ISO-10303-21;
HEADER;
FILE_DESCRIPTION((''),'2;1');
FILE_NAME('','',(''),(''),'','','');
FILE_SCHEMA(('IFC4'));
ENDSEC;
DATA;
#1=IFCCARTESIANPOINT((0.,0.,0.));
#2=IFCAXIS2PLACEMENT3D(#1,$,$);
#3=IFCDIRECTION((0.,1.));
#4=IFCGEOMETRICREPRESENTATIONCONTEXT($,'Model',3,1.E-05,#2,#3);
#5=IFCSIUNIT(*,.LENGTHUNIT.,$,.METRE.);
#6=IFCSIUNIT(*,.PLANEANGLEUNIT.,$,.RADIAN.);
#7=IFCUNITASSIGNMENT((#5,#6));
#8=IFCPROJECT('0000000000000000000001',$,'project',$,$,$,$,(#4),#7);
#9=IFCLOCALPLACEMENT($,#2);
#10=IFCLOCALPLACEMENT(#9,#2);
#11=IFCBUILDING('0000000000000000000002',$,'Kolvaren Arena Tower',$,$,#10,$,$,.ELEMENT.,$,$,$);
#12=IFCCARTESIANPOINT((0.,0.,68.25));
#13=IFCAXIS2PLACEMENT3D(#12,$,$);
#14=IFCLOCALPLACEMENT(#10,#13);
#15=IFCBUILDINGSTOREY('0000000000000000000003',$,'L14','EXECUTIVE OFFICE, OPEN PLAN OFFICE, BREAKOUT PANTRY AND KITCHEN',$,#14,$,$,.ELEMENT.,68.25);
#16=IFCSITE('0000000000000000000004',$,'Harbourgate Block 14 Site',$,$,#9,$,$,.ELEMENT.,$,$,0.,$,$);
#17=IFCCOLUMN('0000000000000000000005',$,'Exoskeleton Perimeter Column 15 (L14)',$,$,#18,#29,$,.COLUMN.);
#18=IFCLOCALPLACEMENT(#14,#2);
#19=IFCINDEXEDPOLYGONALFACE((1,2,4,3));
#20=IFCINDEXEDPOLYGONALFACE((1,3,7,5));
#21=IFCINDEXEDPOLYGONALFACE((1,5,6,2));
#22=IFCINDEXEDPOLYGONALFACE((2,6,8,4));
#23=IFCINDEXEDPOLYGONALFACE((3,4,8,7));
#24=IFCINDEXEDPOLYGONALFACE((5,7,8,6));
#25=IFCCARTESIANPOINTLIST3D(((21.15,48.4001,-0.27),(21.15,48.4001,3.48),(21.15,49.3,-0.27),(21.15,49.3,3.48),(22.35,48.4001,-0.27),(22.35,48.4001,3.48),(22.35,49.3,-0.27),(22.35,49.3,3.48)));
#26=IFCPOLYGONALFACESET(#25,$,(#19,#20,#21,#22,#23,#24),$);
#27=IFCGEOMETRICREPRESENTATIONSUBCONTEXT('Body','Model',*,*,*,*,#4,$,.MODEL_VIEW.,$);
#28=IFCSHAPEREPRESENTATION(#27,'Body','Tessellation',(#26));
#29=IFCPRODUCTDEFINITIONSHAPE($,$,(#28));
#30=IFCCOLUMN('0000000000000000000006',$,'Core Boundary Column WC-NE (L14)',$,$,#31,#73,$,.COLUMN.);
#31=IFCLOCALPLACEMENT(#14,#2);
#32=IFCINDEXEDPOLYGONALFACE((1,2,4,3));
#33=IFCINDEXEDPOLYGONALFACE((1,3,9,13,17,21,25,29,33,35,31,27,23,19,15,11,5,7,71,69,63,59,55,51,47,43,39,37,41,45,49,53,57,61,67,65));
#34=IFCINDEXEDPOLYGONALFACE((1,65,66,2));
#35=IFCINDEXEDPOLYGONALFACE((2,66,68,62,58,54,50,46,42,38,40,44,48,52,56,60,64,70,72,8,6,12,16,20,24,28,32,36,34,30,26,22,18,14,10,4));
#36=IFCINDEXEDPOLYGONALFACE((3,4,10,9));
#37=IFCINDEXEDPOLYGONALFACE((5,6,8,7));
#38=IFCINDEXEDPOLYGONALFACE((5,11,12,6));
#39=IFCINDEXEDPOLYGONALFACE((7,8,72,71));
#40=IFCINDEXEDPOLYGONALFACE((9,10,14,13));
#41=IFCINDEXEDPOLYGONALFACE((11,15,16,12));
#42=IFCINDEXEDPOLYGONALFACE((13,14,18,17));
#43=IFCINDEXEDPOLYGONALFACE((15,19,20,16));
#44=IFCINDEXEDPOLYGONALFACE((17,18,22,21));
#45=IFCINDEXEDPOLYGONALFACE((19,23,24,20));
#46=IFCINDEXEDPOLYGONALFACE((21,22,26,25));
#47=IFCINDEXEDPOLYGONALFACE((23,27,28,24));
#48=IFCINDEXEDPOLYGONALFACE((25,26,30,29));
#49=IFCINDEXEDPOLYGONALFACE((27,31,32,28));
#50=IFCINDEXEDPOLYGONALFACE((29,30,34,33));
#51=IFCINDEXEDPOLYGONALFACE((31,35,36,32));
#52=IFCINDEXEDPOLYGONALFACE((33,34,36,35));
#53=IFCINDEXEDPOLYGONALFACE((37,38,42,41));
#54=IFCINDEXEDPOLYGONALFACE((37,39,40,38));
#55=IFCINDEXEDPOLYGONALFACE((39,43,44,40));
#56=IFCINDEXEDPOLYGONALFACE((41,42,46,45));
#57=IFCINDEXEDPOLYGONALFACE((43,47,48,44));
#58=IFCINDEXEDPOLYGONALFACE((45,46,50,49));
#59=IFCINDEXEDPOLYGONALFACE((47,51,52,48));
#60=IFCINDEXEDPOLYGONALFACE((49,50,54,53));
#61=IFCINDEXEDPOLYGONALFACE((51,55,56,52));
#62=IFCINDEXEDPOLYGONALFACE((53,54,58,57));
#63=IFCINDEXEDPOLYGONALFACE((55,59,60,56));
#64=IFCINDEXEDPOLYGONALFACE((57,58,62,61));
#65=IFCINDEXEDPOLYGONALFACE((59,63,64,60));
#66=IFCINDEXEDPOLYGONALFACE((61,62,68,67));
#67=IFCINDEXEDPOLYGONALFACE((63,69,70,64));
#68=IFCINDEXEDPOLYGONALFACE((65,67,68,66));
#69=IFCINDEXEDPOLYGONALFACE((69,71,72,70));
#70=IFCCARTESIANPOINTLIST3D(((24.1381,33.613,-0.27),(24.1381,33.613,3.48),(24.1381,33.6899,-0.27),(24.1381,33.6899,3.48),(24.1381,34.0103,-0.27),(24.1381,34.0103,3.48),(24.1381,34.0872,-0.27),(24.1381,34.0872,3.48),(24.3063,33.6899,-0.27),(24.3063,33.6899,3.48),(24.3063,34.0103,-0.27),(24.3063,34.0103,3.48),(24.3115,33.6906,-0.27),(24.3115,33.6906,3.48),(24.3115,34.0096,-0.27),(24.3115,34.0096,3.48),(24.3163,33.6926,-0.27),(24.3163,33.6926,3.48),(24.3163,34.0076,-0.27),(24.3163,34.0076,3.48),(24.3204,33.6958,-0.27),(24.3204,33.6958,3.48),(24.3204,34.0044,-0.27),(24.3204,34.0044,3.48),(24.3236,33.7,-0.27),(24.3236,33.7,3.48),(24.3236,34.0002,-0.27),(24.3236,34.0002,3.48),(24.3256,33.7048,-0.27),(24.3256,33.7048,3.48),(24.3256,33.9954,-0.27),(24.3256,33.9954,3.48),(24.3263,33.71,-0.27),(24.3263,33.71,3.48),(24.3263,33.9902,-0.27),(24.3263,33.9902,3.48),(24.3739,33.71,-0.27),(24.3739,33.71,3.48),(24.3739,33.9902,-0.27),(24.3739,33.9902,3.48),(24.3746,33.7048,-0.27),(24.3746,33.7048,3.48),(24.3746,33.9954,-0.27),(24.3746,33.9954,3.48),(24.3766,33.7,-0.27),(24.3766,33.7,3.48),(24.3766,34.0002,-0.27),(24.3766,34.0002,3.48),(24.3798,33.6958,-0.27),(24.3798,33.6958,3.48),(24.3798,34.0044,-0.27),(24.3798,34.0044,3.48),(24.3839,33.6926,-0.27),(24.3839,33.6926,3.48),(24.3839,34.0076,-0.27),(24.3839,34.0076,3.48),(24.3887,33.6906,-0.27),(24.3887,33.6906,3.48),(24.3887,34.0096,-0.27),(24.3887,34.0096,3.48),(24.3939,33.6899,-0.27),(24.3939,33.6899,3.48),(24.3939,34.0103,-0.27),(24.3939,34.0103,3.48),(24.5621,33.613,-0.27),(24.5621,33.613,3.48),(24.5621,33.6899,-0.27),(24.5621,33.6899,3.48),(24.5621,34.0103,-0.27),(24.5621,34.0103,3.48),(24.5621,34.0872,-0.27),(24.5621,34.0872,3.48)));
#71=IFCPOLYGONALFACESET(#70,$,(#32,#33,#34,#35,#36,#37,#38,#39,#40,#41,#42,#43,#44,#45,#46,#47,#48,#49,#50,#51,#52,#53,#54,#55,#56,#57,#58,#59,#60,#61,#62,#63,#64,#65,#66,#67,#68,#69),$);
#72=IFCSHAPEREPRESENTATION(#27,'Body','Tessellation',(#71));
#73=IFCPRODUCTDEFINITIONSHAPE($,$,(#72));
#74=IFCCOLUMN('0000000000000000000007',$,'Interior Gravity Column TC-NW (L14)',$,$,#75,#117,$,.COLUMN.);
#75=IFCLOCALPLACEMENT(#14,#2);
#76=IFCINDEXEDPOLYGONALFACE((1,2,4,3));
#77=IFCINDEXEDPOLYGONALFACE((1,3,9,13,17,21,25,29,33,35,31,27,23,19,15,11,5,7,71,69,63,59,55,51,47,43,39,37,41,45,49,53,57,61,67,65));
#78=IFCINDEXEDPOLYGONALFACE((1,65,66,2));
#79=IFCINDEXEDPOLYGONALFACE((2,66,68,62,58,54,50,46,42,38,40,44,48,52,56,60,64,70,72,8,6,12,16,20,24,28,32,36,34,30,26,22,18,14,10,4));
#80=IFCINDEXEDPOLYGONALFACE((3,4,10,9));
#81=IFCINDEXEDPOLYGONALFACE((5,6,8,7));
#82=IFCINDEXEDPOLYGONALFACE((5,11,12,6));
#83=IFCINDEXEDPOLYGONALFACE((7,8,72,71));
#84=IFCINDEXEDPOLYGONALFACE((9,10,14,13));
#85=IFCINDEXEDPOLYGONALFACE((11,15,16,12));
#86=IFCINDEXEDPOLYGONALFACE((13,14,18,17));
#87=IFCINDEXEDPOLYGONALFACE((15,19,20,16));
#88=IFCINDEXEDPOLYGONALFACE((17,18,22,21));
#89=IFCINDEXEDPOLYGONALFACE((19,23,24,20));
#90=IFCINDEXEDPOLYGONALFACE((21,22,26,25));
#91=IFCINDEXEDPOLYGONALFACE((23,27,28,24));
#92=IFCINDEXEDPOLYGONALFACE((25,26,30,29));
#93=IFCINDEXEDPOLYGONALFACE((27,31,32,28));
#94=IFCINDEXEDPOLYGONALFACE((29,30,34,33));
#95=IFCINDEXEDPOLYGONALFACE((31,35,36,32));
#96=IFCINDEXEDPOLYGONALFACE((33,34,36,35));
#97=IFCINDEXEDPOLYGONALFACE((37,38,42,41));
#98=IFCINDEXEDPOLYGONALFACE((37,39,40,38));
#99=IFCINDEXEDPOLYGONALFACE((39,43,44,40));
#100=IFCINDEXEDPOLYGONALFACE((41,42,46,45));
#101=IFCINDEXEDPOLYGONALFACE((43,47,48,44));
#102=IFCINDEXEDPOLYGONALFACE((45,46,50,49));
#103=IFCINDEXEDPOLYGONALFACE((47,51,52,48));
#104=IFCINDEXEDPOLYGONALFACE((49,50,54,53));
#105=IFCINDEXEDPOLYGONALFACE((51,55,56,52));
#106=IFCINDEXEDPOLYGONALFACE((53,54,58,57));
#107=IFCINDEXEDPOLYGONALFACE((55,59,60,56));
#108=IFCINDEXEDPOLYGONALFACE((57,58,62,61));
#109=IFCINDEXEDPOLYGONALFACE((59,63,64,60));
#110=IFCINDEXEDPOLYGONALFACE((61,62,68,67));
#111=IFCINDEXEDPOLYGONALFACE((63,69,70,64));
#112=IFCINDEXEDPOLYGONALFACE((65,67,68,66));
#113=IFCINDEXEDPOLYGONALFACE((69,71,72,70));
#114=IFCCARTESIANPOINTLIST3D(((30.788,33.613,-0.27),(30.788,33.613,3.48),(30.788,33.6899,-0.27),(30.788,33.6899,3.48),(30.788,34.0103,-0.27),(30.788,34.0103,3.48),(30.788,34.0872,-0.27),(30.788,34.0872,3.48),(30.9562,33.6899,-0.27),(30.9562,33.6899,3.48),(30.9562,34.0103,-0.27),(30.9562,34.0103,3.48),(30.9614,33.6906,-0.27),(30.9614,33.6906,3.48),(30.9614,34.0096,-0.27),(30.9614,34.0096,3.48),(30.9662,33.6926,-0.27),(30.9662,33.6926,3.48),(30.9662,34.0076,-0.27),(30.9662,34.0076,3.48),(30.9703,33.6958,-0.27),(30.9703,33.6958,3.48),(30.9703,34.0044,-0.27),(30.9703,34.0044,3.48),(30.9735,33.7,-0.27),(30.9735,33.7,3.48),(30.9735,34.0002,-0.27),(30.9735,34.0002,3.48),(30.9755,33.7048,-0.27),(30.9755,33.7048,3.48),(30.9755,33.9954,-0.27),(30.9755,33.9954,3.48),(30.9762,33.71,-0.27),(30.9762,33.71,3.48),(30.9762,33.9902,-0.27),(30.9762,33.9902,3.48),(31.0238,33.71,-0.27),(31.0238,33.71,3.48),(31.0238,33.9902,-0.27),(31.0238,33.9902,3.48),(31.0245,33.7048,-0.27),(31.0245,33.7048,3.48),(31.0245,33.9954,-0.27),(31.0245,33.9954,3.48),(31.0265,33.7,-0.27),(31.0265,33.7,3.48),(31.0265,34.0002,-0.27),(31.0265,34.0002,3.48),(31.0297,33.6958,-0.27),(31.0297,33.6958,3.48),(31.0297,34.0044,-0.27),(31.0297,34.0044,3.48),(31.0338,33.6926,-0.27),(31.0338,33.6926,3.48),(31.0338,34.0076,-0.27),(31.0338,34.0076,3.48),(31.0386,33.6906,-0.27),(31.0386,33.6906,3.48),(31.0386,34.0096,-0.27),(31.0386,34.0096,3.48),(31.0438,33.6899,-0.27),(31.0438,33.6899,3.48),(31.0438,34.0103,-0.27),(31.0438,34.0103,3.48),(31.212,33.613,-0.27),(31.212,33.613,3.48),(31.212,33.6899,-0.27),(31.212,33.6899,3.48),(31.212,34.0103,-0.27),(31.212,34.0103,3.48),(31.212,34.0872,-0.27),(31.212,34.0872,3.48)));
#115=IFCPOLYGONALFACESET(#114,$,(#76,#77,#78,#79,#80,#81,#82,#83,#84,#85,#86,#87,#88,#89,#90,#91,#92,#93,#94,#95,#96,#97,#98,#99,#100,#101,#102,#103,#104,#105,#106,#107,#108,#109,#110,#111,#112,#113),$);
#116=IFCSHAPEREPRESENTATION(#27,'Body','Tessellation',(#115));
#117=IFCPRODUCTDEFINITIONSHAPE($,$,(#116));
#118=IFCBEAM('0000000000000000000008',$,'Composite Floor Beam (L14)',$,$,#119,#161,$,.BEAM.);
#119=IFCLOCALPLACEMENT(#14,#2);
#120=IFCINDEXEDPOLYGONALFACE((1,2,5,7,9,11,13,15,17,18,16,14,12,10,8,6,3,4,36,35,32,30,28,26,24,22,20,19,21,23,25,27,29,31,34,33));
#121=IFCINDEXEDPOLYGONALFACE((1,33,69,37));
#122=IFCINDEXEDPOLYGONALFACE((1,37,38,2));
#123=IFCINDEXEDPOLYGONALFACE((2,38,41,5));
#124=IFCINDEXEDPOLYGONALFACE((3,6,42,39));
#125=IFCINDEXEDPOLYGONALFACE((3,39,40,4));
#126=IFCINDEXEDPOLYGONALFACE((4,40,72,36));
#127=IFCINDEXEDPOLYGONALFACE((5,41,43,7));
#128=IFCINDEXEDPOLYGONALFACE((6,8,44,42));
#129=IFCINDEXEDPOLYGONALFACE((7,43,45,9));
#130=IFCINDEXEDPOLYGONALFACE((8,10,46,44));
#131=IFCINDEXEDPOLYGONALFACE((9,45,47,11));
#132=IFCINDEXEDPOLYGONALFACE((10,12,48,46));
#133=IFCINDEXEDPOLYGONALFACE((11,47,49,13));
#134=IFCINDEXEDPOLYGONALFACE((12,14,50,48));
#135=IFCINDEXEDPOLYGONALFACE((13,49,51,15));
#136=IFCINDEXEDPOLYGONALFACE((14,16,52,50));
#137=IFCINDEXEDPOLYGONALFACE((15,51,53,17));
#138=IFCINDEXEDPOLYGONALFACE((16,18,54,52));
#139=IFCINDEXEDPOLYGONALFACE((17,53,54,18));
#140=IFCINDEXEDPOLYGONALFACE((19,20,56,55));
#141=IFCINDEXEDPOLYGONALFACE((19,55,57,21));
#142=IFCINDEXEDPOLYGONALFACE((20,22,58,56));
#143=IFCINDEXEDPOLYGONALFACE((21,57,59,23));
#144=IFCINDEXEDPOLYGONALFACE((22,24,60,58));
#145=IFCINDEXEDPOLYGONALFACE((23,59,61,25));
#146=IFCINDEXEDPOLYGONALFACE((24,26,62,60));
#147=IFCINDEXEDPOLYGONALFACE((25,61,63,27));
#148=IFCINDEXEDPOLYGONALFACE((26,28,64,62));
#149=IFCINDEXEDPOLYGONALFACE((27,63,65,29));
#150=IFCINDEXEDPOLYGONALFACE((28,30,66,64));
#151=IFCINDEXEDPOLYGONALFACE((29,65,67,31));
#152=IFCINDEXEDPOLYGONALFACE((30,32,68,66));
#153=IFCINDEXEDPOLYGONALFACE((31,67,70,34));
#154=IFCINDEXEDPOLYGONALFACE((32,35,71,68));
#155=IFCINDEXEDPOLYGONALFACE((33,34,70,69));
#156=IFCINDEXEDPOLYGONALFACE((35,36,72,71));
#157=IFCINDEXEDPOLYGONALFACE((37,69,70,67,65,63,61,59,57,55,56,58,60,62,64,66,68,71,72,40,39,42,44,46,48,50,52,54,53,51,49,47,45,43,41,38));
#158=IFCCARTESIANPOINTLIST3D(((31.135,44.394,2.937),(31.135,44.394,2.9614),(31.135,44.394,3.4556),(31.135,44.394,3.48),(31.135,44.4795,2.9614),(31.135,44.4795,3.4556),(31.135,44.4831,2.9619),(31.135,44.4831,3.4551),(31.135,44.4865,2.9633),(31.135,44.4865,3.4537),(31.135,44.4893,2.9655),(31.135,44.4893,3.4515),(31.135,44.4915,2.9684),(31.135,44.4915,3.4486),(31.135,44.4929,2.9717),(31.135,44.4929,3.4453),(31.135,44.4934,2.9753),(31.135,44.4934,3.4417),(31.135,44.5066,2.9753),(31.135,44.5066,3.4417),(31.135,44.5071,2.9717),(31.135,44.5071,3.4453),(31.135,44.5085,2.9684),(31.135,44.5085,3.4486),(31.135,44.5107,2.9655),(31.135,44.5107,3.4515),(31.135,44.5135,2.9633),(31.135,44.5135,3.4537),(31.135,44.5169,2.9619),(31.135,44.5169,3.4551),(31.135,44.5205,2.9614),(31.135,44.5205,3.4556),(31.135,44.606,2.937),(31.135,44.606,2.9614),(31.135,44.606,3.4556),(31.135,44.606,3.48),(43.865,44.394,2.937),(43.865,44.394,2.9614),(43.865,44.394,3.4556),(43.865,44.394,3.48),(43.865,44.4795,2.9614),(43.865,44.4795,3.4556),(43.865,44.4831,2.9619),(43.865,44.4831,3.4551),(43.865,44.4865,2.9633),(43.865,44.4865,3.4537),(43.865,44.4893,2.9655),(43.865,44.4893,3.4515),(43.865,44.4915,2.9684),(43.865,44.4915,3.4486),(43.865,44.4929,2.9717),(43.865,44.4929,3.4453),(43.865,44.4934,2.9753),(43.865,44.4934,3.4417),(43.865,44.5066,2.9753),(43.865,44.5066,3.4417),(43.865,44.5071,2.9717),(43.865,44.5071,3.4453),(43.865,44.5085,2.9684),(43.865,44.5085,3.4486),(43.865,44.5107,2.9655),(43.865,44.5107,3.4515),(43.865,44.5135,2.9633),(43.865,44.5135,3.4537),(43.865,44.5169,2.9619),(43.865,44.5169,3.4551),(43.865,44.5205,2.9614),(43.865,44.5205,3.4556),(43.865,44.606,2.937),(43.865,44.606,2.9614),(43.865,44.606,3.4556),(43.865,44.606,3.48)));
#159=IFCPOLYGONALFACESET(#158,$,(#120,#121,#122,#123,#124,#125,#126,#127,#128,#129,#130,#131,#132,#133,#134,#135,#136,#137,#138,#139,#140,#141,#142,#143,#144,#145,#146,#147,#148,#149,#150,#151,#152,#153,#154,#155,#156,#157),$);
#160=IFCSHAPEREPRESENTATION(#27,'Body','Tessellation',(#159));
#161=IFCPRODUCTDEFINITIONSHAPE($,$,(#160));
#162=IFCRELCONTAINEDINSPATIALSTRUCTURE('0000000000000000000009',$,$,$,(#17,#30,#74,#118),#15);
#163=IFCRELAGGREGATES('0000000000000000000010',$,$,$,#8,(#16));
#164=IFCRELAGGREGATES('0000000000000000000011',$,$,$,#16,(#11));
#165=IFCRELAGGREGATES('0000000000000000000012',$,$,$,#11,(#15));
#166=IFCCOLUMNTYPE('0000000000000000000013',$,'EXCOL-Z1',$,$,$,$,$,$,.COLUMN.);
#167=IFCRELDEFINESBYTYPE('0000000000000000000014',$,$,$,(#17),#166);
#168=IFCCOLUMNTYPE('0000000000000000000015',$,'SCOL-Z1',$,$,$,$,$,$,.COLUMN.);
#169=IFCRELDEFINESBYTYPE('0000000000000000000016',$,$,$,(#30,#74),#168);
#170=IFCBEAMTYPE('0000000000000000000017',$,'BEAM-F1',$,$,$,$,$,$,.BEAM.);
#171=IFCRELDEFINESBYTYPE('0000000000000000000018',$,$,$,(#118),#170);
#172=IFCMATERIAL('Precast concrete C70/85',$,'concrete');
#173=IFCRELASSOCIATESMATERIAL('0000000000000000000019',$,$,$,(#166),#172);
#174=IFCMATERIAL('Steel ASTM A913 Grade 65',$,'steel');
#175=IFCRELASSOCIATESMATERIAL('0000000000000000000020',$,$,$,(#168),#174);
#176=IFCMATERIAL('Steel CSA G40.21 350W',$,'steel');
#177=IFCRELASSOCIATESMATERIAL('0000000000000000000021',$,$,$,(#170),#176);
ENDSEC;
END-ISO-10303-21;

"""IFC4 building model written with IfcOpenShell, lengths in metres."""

from ifc_helpers import new_model, si_unit, direction, frame, origin, origin_2d, place, context, subcontext, project, spatial, rectangle, i_section, extrude, material, material_profile, profile_set, type_object, element, save


model = new_model("IFC4")

# Units and contexts
model_context = context("Model", 3, precision=1e-05, world=origin(), true_north=direction((0.0, 1.0)))
body_context = subcontext(model_context, "Body", "Model", "MODEL_VIEW")
ifc_project = project(units=[si_unit("LENGTHUNIT", "METRE"), si_unit("PLANEANGLEUNIT", "RADIAN")], contexts=[model_context])

# Site, building, storey
site_placement = place(None, origin())
site = spatial("IfcSite", under=ifc_project, at=site_placement, Name="Harbourgate Block 14 Site", CompositionType="ELEMENT", RefElevation=0.0)
building_placement = place(site_placement, origin())
building = spatial("IfcBuilding", under=site, at=building_placement, Name="Kolvaren Arena Tower", CompositionType="ELEMENT")
storey_placement = place(building_placement, frame((0.0, 0.0, 68.25)))
storey = spatial("IfcBuildingStorey", under=building, at=storey_placement, Name="L14", Description="EXECUTIVE OFFICE, OPEN PLAN OFFICE, BREAKOUT PANTRY AND KITCHEN", CompositionType="ELEMENT", Elevation=68.25)

# Columns
ifc_material_1 = material(Name="Precast concrete C70/85", Category="concrete")
ifc_material_profile_1 = material_profile(ifc_material_1, rectangle(XDim=1.2, YDim=0.8999, at=origin_2d()), Name="RC-1200x900")
ifc_profile_set_1 = profile_set([ifc_material_profile_1], Name="Precast concrete C70/85")
column_type_1 = type_object("IfcColumnType", Name="EXCOL-Z1", PredefinedType="COLUMN", material=ifc_profile_set_1)
column_placement = place(storey_placement, frame((21.75, 48.8501, -0.27), z_axis=(0.0, 0.0, 1.0), x_axis=(1.0, 0.0, 0.0)))
element("IfcColumn", 1, at=column_placement, inside=storey, type_object=column_type_1, Name="Exoskeleton Perimeter Column 15 (L14)", PredefinedType="COLUMN", context=body_context, shape_type="SweptSolid", body=[
    extrude(rectangle(XDim=1.2, YDim=0.8999, at=origin_2d()), origin(), (0.0, 0.0, 1.0), 3.75),
])
ifc_material_2 = material(Name="Steel ASTM A913 Grade 65", Category="steel")
ifc_material_profile_2 = material_profile(ifc_material_2, i_section(OverallWidth=0.4241, OverallDepth=0.4741, WebThickness=0.0476, FlangeThickness=0.0769, FilletRadius=0.02, at=origin_2d()), Name="W360x634")
ifc_profile_set_2 = profile_set([ifc_material_profile_2], Name="Steel ASTM A913 Grade 65")
column_type_2 = type_object("IfcColumnType", Name="SCOL-Z1", PredefinedType="COLUMN", material=ifc_profile_set_2)
for number, where, z_axis, x_axis, name in (
    (2, (24.3501, 33.8501, -0.27), (0.0, 0.0, 1.0), (1.0, 0.0, 0.0), "Core Boundary Column WC-NE (L14)"),
    (3, (31.0, 33.8501, -0.27), (0.0, 0.0, 1.0), (1.0, 0.0, 0.0), "Interior Gravity Column TC-NW (L14)"),
):
    element("IfcColumn", number, at=place(storey_placement, frame(where, z_axis=z_axis, x_axis=x_axis)), inside=storey, type_object=column_type_2, Name=name, PredefinedType="COLUMN", context=body_context, shape_type="SweptSolid", body=[
        extrude(i_section(OverallWidth=0.4241, OverallDepth=0.4741, WebThickness=0.0476, FlangeThickness=0.0769, FilletRadius=0.02, at=origin_2d()), origin(), (0.0, 0.0, 1.0), 3.75),
    ])

# Beam
ifc_material_3 = material(Name="Steel CSA G40.21 350W", Category="steel")
ifc_material_profile_3 = material_profile(ifc_material_3, i_section(OverallWidth=0.2119, OverallDepth=0.543, WebThickness=0.0132, FlangeThickness=0.0244, FilletRadius=0.0139, at=origin_2d()), Name="W530x150")
ifc_profile_set_3 = profile_set([ifc_material_profile_3], Name="Steel CSA G40.21 350W")
beam_type_1 = type_object("IfcBeamType", Name="BEAM-F1", PredefinedType="BEAM", material=ifc_profile_set_3)
beam_1_placement = place(storey_placement, frame((31.135, 44.5, 3.2085), z_axis=(1.0, 0.0, 0.0), x_axis=(0.0, 1.0, 0.0)))
element("IfcBeam", 4, at=beam_1_placement, inside=storey, type_object=beam_type_1, Name="Composite Floor Beam (L14)", PredefinedType="BEAM", context=body_context, shape_type="SweptSolid", body=[
    extrude(i_section(OverallWidth=0.2119, OverallDepth=0.543, WebThickness=0.0132, FlangeThickness=0.0244, FilletRadius=0.0139, at=origin_2d()), origin(), (0.0, 0.0, 1.0), 12.73),
])

save(model, "model.ifc")
